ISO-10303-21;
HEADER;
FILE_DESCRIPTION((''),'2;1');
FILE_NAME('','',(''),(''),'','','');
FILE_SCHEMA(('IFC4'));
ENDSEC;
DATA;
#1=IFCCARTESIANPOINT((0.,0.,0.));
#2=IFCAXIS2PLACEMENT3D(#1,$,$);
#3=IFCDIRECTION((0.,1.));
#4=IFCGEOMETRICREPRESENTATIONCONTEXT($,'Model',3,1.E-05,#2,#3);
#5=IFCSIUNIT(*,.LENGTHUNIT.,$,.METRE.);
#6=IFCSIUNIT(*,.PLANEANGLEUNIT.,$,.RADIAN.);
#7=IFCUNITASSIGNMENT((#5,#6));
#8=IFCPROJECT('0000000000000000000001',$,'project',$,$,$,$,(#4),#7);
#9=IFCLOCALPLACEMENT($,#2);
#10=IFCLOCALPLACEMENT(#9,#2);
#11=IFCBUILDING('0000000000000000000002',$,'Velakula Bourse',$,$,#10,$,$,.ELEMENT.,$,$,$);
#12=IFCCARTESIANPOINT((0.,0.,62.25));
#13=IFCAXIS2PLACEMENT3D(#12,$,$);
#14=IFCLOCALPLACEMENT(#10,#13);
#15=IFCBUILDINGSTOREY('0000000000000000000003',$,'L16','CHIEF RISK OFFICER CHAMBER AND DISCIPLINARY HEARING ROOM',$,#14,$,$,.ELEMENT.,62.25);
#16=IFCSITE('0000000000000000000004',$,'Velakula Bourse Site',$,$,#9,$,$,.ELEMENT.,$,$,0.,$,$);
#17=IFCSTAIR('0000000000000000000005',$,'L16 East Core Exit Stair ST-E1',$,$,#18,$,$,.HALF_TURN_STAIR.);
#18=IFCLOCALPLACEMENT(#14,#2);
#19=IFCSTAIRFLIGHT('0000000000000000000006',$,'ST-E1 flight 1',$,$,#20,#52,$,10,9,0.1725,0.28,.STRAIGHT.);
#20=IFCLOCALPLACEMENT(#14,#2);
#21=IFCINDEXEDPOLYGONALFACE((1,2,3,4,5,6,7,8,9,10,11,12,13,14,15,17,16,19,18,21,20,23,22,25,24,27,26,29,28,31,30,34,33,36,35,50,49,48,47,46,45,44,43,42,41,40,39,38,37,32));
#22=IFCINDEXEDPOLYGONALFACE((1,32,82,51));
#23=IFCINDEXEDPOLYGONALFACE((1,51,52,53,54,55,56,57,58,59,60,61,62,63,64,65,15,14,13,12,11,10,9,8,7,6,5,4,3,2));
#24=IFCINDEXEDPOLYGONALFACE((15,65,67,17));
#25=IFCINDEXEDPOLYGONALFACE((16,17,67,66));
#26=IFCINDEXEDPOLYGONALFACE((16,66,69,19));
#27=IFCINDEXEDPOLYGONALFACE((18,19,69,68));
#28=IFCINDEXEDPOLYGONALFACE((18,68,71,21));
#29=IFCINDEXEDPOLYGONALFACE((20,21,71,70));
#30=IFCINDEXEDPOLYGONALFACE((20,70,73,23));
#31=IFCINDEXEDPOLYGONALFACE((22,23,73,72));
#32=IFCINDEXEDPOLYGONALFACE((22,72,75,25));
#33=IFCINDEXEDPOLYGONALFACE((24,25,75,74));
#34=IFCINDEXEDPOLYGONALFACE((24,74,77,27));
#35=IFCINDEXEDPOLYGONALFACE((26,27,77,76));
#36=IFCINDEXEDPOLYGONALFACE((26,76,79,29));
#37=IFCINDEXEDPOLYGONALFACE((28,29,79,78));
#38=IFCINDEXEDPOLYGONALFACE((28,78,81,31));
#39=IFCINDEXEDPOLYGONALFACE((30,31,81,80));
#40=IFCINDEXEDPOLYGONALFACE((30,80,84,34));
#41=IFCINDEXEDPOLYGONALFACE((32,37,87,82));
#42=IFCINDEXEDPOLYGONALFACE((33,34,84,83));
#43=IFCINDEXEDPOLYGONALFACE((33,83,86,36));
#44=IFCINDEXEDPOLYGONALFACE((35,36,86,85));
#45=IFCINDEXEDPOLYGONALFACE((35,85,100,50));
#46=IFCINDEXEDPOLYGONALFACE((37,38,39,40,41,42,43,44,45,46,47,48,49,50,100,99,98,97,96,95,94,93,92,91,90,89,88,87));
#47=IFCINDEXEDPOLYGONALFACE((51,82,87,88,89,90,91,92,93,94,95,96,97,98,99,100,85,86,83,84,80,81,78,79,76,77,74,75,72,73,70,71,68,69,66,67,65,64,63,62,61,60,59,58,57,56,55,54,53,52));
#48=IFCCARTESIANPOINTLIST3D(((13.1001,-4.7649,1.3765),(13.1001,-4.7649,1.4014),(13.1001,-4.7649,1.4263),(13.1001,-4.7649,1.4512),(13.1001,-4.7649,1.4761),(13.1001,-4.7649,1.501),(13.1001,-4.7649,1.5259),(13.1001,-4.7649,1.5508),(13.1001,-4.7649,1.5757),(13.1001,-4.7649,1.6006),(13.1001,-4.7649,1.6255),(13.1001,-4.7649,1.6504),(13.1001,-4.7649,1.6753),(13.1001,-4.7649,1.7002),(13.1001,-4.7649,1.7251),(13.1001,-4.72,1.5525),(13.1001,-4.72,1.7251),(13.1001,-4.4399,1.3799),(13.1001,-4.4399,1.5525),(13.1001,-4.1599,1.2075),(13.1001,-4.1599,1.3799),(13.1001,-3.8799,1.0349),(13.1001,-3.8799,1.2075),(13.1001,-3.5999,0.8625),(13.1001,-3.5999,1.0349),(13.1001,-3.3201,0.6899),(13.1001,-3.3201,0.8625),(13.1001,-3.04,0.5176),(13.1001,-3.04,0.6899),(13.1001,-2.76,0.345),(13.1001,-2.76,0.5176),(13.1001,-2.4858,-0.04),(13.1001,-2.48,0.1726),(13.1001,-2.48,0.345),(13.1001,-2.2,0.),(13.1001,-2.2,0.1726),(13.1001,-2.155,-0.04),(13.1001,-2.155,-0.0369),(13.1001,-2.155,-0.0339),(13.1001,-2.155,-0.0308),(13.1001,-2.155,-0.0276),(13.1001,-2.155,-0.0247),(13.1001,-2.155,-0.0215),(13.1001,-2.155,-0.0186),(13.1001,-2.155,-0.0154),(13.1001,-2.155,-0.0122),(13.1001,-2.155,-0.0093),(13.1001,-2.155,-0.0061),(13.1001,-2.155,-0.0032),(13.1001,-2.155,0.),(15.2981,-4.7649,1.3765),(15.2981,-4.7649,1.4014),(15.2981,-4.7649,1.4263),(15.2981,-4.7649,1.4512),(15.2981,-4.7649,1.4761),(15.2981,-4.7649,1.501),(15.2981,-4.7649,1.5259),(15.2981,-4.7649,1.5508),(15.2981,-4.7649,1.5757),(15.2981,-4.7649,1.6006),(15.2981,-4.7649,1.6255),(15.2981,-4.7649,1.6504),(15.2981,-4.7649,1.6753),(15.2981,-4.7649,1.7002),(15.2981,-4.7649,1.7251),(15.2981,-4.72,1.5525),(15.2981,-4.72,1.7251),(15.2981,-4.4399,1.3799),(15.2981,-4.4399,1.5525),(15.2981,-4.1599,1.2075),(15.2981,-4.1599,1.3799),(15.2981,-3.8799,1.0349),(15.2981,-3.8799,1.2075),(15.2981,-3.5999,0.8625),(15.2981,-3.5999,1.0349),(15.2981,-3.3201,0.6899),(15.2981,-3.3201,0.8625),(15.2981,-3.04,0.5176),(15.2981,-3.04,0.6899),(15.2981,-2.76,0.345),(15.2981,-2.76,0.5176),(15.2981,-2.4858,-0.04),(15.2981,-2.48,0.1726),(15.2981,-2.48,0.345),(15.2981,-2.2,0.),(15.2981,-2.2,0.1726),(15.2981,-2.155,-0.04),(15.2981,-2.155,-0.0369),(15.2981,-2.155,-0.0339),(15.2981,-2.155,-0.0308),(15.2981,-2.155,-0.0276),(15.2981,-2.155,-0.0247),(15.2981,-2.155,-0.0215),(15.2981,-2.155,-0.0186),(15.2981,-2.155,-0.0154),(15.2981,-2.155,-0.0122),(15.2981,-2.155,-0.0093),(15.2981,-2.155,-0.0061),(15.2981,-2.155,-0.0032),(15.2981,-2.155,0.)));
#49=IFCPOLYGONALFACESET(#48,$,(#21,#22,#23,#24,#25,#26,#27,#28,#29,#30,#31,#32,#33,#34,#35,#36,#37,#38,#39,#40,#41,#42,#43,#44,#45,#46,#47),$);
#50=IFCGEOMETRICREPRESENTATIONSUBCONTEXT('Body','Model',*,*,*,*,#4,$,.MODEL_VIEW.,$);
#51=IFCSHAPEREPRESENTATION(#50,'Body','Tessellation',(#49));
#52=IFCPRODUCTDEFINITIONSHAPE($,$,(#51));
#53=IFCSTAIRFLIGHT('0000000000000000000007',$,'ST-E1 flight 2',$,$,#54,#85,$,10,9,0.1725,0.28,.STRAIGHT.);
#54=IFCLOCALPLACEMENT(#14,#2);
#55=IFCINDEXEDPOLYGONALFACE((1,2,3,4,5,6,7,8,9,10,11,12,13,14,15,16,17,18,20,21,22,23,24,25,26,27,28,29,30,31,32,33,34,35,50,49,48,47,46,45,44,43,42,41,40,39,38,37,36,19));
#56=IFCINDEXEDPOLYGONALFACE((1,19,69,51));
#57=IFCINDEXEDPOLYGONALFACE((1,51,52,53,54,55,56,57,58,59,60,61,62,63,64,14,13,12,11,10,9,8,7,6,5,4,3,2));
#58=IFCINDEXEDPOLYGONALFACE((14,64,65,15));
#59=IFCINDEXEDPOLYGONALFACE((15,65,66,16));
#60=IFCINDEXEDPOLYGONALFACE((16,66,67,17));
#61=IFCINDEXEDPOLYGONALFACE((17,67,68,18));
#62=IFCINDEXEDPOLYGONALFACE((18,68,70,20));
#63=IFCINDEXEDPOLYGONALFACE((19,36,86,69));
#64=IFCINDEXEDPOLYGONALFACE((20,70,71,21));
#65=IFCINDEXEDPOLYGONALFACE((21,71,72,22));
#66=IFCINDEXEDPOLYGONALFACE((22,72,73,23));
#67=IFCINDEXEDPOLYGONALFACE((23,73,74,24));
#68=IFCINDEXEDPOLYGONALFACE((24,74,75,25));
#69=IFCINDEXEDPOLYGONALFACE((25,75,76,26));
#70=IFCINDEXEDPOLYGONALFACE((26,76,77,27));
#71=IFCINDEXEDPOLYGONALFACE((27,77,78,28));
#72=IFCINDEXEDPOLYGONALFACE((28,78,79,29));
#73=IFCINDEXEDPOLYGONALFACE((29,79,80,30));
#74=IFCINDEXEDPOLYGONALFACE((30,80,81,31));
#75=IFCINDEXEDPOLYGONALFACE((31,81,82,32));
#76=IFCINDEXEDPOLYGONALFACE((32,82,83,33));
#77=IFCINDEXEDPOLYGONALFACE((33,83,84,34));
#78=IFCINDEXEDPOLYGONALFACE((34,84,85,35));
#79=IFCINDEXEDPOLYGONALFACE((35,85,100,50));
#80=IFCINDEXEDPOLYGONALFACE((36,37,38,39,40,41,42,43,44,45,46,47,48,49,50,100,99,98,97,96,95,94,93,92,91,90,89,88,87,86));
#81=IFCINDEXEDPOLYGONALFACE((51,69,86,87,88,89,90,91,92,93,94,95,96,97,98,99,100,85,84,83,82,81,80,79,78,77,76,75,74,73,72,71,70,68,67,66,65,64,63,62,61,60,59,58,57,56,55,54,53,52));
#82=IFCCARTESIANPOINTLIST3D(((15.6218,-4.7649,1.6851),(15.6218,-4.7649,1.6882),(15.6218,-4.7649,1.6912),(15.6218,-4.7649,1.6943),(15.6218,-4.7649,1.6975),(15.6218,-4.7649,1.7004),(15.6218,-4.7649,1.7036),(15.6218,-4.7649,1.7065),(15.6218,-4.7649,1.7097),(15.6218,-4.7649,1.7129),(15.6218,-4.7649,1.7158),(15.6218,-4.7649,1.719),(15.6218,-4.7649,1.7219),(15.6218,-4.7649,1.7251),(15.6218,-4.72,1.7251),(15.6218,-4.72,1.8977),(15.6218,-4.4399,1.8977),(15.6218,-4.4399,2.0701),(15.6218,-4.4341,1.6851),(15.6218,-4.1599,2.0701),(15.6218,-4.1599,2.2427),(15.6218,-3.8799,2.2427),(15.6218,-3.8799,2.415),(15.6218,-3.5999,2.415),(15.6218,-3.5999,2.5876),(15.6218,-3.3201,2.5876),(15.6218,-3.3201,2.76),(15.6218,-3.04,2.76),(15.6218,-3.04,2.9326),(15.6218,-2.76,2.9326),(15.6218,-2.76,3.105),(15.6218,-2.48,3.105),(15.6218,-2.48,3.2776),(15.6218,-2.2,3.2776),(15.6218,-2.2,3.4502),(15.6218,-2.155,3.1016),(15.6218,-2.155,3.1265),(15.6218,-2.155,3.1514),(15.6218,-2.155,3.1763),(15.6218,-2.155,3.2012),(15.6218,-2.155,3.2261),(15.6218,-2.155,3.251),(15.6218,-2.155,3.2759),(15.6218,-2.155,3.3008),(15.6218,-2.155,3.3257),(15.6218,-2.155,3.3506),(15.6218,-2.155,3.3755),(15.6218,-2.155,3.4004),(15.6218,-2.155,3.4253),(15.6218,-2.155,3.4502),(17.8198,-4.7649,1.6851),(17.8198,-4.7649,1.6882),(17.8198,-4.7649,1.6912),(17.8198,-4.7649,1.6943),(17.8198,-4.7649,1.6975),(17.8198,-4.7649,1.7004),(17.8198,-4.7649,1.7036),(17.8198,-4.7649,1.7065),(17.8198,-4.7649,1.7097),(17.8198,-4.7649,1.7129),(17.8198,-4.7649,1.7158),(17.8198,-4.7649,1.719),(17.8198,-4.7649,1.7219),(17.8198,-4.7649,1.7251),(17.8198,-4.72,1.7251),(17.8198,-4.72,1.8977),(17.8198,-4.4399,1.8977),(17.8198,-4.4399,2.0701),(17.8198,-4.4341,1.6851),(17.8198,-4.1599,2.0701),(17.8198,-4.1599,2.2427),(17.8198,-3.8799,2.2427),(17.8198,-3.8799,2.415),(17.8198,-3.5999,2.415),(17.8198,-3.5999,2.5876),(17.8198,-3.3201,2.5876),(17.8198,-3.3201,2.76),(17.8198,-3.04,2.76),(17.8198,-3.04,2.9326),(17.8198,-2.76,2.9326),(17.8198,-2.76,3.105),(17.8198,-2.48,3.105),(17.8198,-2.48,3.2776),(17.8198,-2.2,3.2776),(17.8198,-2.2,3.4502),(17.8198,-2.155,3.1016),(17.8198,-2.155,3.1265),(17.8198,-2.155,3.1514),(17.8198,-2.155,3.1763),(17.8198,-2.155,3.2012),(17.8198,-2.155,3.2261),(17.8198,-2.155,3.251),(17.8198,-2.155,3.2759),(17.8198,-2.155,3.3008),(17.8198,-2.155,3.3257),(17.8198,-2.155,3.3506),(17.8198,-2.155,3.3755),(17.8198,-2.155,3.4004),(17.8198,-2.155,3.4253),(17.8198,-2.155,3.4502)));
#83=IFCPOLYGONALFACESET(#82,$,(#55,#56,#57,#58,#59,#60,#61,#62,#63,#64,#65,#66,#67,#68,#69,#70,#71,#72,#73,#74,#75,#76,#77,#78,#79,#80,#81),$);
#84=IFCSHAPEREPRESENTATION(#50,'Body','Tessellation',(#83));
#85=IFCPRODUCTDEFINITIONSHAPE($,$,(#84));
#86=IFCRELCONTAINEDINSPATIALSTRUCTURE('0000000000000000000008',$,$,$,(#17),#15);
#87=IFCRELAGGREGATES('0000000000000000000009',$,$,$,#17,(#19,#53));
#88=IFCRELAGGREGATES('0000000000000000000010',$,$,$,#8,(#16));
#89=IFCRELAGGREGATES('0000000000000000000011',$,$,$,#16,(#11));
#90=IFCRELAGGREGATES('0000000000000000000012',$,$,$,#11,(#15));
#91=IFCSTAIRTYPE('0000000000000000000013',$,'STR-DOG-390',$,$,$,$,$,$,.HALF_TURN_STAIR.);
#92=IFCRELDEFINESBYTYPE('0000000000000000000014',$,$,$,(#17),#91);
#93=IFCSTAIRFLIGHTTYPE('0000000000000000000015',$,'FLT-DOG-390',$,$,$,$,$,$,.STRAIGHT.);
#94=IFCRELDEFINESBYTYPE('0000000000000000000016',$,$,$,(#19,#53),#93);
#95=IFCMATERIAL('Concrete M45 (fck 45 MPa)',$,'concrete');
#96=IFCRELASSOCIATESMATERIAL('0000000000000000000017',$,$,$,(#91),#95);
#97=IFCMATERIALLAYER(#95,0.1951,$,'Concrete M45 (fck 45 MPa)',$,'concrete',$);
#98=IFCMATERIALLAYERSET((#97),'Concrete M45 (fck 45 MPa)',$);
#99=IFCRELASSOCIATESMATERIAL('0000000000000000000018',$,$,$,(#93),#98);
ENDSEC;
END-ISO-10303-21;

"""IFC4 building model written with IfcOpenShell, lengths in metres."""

from ifc_helpers import new_model, si_unit, direction, frame, origin, place, context, subcontext, project, spatial, polyline, outline, extrude, material, layer, layer_set, type_object, element, aggregate, save


model = new_model("IFC4")

# Units and contexts
model_context = context("Model", 3, precision=1e-05, world=origin(), true_north=direction((0.0, 1.0)))
body_context = subcontext(model_context, "Body", "Model", "MODEL_VIEW")
ifc_project = project(units=[si_unit("LENGTHUNIT", "METRE"), si_unit("PLANEANGLEUNIT", "RADIAN")], contexts=[model_context])

# Site, building, storey
site_placement = place(None, origin())
site = spatial("IfcSite", under=ifc_project, at=site_placement, Name="Velakula Bourse Site", CompositionType="ELEMENT", RefElevation=0.0)
building_placement = place(site_placement, origin())
building = spatial("IfcBuilding", under=site, at=building_placement, Name="Velakula Bourse", CompositionType="ELEMENT")
storey_placement = place(building_placement, frame((0.0, 0.0, 62.25)))
storey = spatial("IfcBuildingStorey", under=building, at=storey_placement, Name="L16", Description="CHIEF RISK OFFICER CHAMBER AND DISCIPLINARY HEARING ROOM", CompositionType="ELEMENT", Elevation=62.25)

# Stair, stair flights
ifc_material_1 = material(Name="Concrete M45 (fck 45 MPa)", Category="concrete")
stair_type = type_object("IfcStairType", Name="STR-DOG-390", PredefinedType="HALF_TURN_STAIR", material=ifc_material_1)
stair_placement = place(storey_placement, origin())
stair = element("IfcStair", 1, at=stair_placement, inside=storey, type_object=stair_type, Name="L16 East Core Exit Stair ST-E1", PredefinedType="HALF_TURN_STAIR")
ifc_layer_1 = layer(ifc_material_1, 0.1951, Name="Concrete M45 (fck 45 MPa)", Category="concrete")
ifc_layer_set_1 = layer_set([ifc_layer_1], Name="Concrete M45 (fck 45 MPa)")
stair_flight_type = type_object("IfcStairFlightType", Name="FLT-DOG-390", PredefinedType="STRAIGHT", material=ifc_layer_set_1)
stair_flight_1_placement = place(storey_placement, frame((14.199, -2.2, 0.0), z_axis=(0.0, 0.0, 1.0), x_axis=(0.0, -1.0, 0.0)))
stair_flight_1 = element("IfcStairFlight", 2, at=stair_flight_1_placement, type_object=stair_flight_type, Name="ST-E1 flight 1", NumberOfRisers=10, NumberOfTreads=9, PredefinedType="STRAIGHT", RiserHeight=0.1725, TreadLength=0.28, context=body_context, shape_type="SweptSolid", body=[
    extrude(outline(polyline([(-0.0449, -0.04), (-0.0449, -0.0369), (-0.0449, -0.0339), (-0.0449, -0.0308), (-0.0449, -0.0276), (-0.0449, -0.0247), (-0.0449, -0.0215), (-0.0449, -0.0186), (-0.0449, -0.0154), (-0.0449, -0.0122), (-0.0449, -0.0093), (-0.0449, -0.0061), (-0.0449, -0.0032), (-0.0449, 0.0), (0.0, 0.0), (0.0, 0.1726), (0.28, 0.1726), (0.28, 0.345), (0.5601, 0.345), (0.5601, 0.5176), (0.8401, 0.5176), (0.8401, 0.6899), (1.1201, 0.6899), (1.1201, 0.8625), (1.3999, 0.8625), (1.3999, 1.0349), (1.6799, 1.0349), (1.6799, 1.2075), (1.96, 1.2075), (1.96, 1.3799), (2.24, 1.3799), (2.24, 1.5525), (2.52, 1.5525), (2.52, 1.7251), (2.5649, 1.7251), (2.5649, 1.7002), (2.5649, 1.6753), (2.5649, 1.6504), (2.5649, 1.6255), (2.5649, 1.6006), (2.5649, 1.5757), (2.5649, 1.5508), (2.5649, 1.5259), (2.5649, 1.501), (2.5649, 1.4761), (2.5649, 1.4512), (2.5649, 1.4263), (2.5649, 1.4014), (2.5649, 1.3765), (0.2859, -0.04), (-0.0449, -0.04)])), frame((0.0, 1.0991, 0.0), z_axis=(0.0, -1.0, 0.0), x_axis=(1.0, 0.0, 0.0)), (0.0, 0.0, 1.0), 2.198),
])
stair_flight_2_placement = place(storey_placement, frame((16.7209, -4.72, 1.7251), z_axis=(0.0, 0.0, 1.0), x_axis=(0.0, 1.0, 0.0)))
stair_flight_2 = element("IfcStairFlight", 3, at=stair_flight_2_placement, type_object=stair_flight_type, Name="ST-E1 flight 2", NumberOfRisers=10, NumberOfTreads=9, PredefinedType="STRAIGHT", RiserHeight=0.1725, TreadLength=0.28, context=body_context, shape_type="SweptSolid", body=[
    extrude(outline(polyline([(-0.0449, -0.04), (-0.0449, -0.0369), (-0.0449, -0.0339), (-0.0449, -0.0308), (-0.0449, -0.0276), (-0.0449, -0.0247), (-0.0449, -0.0215), (-0.0449, -0.0186), (-0.0449, -0.0154), (-0.0449, -0.0122), (-0.0449, -0.0093), (-0.0449, -0.0061), (-0.0449, -0.0032), (-0.0449, 0.0), (0.0, 0.0), (0.0, 0.1726), (0.28, 0.1726), (0.28, 0.345), (0.5601, 0.345), (0.5601, 0.5176), (0.8401, 0.5176), (0.8401, 0.6899), (1.1201, 0.6899), (1.1201, 0.8625), (1.3999, 0.8625), (1.3999, 1.0349), (1.6799, 1.0349), (1.6799, 1.2075), (1.96, 1.2075), (1.96, 1.3799), (2.24, 1.3799), (2.24, 1.5525), (2.52, 1.5525), (2.52, 1.7251), (2.5649, 1.7251), (2.5649, 1.7002), (2.5649, 1.6753), (2.5649, 1.6504), (2.5649, 1.6255), (2.5649, 1.6006), (2.5649, 1.5757), (2.5649, 1.5508), (2.5649, 1.5259), (2.5649, 1.501), (2.5649, 1.4761), (2.5649, 1.4512), (2.5649, 1.4263), (2.5649, 1.4014), (2.5649, 1.3765), (0.2859, -0.04), (-0.0449, -0.04)])), frame((0.0, 1.0991, 0.0), z_axis=(0.0, -1.0, 0.0), x_axis=(1.0, 0.0, 0.0)), (0.0, 0.0, 1.0), 2.198),
])
aggregate(stair, [stair_flight_1, stair_flight_2])

save(model, "model.ifc")
